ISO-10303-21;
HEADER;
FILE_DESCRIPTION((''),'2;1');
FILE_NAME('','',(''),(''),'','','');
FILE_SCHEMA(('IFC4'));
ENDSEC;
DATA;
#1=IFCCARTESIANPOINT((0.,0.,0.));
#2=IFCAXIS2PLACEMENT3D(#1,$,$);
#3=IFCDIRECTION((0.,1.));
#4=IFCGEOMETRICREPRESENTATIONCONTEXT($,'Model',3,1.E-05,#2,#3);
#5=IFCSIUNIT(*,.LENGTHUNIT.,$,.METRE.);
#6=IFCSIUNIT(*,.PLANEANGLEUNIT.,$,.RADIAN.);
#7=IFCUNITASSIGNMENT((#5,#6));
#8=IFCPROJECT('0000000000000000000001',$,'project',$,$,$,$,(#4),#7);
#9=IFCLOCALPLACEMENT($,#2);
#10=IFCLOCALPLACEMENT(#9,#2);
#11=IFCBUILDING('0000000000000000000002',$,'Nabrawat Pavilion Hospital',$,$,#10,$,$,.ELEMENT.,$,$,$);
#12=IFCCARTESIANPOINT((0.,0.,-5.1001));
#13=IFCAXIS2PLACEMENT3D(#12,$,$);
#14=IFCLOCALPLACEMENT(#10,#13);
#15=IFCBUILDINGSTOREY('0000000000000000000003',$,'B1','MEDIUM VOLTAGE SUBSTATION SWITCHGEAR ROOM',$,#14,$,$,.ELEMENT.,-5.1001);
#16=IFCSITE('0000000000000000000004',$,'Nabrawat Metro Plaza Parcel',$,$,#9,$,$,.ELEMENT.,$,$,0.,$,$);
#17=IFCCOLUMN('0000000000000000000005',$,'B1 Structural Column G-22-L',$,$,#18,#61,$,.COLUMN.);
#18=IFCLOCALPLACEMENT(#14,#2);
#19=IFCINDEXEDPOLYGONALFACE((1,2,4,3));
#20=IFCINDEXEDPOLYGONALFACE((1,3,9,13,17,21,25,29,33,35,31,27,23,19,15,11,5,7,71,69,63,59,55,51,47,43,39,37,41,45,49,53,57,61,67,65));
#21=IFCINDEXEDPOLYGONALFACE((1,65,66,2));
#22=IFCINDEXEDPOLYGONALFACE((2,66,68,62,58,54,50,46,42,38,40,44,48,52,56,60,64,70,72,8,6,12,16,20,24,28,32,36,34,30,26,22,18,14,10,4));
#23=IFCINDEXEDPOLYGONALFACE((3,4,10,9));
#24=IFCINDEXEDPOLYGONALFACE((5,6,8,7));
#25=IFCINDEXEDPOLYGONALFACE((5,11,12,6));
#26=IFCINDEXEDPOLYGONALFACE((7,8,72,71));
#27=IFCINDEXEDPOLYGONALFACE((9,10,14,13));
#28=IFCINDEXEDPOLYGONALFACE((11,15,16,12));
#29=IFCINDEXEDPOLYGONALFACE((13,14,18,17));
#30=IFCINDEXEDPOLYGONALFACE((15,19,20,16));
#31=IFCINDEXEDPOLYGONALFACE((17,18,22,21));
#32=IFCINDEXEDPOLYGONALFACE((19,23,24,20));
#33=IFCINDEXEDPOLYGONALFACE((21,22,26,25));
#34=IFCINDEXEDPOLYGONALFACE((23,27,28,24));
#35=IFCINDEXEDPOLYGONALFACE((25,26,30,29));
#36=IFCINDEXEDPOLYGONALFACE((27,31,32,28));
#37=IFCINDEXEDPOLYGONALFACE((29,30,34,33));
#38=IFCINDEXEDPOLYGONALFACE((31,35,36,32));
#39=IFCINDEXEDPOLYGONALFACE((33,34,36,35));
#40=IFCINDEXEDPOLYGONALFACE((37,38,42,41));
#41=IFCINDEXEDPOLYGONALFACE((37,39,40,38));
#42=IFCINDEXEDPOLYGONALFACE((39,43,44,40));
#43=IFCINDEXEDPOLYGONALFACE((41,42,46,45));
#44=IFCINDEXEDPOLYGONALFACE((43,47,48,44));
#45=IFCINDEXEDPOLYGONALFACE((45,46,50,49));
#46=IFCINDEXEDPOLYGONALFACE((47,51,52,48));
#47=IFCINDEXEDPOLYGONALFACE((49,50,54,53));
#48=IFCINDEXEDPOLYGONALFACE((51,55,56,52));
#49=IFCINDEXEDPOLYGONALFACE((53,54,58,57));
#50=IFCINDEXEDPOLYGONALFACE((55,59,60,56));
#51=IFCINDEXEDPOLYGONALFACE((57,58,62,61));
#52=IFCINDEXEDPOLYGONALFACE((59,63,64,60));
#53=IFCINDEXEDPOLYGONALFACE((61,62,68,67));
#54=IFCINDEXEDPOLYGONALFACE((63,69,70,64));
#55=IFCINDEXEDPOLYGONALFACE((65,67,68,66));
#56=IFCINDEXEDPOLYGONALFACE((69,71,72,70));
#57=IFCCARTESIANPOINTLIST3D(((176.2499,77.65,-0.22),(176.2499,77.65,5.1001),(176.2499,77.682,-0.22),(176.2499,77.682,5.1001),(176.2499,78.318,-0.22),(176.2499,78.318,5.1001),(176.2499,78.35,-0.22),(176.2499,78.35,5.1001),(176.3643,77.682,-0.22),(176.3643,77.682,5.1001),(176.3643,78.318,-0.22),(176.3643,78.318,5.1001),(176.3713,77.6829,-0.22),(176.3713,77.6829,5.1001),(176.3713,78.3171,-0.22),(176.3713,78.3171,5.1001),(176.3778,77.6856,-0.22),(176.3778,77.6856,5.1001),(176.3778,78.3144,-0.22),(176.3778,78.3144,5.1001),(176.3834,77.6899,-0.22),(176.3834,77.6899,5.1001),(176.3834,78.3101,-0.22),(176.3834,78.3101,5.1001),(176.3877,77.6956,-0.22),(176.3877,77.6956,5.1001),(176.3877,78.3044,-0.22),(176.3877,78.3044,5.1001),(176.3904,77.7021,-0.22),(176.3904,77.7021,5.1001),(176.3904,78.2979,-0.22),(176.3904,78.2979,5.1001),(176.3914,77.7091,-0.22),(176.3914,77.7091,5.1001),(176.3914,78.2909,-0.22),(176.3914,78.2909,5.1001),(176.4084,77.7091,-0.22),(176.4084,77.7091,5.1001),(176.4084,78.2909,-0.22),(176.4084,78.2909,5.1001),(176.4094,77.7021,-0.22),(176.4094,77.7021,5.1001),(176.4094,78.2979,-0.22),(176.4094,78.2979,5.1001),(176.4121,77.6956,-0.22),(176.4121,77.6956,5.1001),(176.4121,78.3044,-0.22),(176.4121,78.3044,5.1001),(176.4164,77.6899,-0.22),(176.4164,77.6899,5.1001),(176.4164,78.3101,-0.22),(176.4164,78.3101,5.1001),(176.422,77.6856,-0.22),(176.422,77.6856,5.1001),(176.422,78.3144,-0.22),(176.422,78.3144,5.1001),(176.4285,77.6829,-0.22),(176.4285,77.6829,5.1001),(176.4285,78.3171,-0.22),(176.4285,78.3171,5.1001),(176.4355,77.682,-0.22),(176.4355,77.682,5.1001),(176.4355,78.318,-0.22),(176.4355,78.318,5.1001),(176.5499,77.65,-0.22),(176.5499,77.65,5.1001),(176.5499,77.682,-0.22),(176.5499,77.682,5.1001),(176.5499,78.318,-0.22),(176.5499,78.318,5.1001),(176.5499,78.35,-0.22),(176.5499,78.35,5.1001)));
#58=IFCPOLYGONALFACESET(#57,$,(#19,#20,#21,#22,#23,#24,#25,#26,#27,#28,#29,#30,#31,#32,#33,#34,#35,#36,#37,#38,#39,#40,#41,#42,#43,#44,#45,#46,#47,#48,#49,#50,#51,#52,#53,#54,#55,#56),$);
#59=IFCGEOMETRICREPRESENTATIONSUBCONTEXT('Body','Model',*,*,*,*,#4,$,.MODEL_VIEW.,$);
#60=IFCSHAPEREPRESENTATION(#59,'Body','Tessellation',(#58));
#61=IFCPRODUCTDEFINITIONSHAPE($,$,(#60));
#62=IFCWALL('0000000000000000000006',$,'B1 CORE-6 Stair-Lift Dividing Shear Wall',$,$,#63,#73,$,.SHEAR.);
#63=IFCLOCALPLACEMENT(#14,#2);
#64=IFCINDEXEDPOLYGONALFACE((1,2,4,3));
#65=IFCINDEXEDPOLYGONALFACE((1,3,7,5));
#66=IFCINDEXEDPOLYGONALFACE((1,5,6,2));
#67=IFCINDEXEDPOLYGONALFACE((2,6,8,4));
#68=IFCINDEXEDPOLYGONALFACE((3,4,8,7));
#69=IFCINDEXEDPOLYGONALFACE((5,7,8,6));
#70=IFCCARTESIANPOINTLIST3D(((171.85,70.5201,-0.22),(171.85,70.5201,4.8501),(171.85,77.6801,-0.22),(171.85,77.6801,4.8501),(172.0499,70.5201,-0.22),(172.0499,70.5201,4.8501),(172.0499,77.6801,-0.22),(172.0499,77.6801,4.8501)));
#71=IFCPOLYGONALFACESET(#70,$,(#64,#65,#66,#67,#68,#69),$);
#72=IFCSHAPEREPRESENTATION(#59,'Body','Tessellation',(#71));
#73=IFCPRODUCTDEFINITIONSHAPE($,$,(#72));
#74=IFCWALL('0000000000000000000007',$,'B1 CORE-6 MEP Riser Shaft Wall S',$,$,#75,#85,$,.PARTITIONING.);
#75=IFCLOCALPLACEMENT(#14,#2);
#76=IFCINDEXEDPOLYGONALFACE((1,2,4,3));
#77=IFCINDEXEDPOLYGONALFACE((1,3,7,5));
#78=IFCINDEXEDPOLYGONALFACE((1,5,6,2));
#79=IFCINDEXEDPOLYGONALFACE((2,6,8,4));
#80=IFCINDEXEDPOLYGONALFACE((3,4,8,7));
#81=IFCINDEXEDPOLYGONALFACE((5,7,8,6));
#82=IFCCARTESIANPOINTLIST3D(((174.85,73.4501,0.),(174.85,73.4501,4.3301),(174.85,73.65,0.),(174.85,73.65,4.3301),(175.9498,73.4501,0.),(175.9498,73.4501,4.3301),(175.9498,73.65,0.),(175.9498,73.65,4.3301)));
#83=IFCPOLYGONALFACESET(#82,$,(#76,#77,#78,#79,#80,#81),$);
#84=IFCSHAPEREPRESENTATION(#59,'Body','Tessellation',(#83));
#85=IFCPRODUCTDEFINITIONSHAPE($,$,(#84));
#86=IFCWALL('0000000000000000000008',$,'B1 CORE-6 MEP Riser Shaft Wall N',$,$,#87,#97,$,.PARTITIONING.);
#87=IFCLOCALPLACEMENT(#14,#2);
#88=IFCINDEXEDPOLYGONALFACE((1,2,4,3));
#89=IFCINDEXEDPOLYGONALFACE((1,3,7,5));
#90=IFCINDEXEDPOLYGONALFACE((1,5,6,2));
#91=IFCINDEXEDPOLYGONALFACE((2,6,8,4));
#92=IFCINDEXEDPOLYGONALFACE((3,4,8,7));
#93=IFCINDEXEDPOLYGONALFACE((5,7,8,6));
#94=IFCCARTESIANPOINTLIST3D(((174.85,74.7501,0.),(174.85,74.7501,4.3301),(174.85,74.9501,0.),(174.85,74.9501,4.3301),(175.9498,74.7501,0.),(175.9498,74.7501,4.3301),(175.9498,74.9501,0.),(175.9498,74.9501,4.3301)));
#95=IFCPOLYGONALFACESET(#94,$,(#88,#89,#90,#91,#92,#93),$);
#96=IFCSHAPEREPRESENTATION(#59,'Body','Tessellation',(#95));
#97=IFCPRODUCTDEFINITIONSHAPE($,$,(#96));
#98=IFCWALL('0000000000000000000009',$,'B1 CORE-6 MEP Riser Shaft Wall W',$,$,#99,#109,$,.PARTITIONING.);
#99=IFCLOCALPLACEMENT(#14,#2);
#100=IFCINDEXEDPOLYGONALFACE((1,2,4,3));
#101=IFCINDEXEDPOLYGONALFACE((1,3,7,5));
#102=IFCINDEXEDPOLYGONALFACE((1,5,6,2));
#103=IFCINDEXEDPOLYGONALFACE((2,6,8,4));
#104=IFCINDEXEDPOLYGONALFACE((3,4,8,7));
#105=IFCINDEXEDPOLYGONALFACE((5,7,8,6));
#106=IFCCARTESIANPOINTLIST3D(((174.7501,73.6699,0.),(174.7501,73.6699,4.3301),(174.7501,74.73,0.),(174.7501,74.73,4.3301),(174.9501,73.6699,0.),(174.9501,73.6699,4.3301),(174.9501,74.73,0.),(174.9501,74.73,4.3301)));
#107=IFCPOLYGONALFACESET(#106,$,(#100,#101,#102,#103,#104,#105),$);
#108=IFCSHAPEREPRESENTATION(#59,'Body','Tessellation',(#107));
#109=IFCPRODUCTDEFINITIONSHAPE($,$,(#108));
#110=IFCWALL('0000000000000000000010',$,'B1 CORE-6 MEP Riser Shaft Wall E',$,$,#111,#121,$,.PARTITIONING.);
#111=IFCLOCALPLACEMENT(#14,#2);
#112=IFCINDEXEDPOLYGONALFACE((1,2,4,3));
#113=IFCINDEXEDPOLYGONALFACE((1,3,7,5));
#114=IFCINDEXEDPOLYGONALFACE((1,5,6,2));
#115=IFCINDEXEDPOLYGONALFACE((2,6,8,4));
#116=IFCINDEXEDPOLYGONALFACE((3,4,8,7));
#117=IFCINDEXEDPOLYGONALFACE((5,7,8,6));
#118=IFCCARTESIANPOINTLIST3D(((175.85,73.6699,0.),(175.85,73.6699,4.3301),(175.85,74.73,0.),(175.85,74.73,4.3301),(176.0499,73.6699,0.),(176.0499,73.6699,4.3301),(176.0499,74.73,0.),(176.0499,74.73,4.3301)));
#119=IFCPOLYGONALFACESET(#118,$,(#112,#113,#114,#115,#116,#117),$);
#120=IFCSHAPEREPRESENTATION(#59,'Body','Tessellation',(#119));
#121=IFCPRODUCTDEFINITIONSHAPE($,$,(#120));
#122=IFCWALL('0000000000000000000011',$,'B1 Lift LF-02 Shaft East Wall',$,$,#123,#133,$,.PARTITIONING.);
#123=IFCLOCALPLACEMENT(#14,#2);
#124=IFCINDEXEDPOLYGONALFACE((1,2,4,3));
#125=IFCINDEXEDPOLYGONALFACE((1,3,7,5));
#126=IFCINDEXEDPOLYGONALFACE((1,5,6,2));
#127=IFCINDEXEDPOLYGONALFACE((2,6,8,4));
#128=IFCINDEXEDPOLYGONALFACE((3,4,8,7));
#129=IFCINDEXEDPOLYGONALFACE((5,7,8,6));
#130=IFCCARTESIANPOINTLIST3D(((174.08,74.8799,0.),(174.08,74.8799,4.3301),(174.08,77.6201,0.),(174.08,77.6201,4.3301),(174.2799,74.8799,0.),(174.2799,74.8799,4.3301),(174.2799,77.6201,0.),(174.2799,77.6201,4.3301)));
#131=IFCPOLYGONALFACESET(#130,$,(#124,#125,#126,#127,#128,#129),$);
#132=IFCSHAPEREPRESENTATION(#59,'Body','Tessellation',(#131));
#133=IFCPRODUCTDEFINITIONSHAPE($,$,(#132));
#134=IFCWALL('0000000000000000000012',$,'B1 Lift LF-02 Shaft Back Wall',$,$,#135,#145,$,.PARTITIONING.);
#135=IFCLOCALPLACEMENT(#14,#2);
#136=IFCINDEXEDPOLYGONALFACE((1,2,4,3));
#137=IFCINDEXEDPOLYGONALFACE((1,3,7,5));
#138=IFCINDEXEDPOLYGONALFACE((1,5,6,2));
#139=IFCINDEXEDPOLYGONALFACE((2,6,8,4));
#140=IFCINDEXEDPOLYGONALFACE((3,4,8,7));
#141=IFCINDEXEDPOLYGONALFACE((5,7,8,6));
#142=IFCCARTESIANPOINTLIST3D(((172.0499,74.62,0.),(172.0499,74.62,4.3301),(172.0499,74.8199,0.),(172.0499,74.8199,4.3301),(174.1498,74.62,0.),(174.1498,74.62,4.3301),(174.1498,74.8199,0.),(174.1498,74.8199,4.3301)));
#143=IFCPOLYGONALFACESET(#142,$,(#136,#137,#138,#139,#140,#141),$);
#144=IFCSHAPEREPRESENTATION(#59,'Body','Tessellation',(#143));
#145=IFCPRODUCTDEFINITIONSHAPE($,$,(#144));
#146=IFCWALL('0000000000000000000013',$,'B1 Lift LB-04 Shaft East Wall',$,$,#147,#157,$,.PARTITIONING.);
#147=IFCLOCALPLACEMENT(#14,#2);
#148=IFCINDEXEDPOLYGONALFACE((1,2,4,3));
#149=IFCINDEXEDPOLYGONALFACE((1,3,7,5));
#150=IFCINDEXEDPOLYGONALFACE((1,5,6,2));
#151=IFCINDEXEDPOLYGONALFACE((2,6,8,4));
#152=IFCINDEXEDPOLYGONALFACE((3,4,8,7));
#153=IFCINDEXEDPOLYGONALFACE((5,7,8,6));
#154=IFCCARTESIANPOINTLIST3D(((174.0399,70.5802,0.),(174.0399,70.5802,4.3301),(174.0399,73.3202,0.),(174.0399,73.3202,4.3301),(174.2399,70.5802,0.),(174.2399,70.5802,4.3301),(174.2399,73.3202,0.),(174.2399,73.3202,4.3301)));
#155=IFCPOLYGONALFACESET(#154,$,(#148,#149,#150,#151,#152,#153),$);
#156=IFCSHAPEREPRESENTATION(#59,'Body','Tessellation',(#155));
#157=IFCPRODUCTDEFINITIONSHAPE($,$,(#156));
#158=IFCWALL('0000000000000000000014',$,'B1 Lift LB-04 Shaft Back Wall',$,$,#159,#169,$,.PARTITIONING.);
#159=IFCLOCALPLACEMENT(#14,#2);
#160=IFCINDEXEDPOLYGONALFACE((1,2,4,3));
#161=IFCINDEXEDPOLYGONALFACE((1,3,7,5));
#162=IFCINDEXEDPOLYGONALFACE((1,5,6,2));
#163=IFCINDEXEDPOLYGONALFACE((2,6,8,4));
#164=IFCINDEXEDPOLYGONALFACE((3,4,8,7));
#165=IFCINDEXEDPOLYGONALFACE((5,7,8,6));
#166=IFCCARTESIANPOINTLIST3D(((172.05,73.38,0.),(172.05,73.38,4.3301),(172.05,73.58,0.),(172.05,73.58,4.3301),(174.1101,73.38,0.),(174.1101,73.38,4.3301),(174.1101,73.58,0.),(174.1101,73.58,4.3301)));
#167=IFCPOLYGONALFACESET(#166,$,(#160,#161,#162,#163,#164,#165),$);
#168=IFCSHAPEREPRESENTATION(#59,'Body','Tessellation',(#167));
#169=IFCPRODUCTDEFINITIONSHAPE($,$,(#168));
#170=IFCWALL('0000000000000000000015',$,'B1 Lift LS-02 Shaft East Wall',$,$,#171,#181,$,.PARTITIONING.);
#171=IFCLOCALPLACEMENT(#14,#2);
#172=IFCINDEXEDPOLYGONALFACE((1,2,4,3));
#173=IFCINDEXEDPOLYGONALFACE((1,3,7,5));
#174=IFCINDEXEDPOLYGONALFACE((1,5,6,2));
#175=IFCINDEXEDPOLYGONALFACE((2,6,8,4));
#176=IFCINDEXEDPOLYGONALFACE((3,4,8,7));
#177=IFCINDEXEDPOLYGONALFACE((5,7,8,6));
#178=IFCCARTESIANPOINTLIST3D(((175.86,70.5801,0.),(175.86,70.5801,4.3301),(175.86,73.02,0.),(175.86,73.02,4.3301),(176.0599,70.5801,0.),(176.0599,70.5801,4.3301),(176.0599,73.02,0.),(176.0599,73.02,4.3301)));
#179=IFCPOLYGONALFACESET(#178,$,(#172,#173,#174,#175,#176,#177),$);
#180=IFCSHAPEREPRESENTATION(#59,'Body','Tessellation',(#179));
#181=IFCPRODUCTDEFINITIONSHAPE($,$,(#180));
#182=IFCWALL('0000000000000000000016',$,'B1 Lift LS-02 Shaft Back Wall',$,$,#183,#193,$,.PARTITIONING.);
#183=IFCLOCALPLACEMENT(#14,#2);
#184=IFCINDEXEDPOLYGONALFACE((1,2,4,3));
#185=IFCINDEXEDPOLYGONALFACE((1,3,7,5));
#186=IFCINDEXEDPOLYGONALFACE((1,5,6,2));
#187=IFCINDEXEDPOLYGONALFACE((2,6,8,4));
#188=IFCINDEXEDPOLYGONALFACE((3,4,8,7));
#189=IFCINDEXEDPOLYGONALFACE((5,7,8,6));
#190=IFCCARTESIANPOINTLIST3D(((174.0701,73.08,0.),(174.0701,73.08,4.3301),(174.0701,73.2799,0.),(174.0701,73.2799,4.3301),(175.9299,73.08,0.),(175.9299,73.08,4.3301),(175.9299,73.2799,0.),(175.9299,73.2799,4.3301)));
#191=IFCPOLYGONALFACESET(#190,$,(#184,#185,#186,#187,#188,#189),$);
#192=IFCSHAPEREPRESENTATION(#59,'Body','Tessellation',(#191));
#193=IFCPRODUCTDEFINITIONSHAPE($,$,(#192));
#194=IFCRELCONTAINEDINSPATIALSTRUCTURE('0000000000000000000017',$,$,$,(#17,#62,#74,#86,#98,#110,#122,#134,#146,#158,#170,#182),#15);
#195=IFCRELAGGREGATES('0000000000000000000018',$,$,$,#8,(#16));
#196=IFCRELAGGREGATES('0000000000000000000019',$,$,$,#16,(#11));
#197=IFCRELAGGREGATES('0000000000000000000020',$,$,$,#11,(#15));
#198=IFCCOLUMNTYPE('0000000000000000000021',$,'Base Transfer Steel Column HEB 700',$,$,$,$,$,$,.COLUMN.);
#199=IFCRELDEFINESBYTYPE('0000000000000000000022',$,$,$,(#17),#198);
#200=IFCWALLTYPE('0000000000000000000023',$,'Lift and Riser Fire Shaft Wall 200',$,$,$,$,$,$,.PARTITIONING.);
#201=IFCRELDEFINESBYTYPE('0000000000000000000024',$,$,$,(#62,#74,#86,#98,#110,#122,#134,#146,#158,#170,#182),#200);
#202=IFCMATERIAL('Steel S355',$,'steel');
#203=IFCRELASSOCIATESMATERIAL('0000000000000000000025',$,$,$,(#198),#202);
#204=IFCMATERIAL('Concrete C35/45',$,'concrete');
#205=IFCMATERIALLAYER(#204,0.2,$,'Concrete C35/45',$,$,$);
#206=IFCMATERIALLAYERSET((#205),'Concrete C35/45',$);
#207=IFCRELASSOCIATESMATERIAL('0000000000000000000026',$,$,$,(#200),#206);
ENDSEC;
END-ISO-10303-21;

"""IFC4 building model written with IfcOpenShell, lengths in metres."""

from ifc_helpers import new_model, si_unit, direction, frame, frame_2d, origin, origin_2d, place, context, subcontext, project, spatial, rectangle, i_section, extrude, material, layer, layer_set, material_profile, profile_set, type_object, element, save


model = new_model("IFC4")

# Units and contexts
model_context = context("Model", 3, precision=1e-05, world=origin(), true_north=direction((0.0, 1.0)))
body_context = subcontext(model_context, "Body", "Model", "MODEL_VIEW")
ifc_project = project(units=[si_unit("LENGTHUNIT", "METRE"), si_unit("PLANEANGLEUNIT", "RADIAN")], contexts=[model_context])

# Site, building, storey
site_placement = place(None, origin())
site = spatial("IfcSite", under=ifc_project, at=site_placement, Name="Nabrawat Metro Plaza Parcel", CompositionType="ELEMENT", RefElevation=0.0)
building_placement = place(site_placement, origin())
building = spatial("IfcBuilding", under=site, at=building_placement, Name="Nabrawat Pavilion Hospital", CompositionType="ELEMENT")
storey_placement = place(building_placement, frame((0.0, 0.0, -5.1001)))
storey = spatial("IfcBuildingStorey", under=building, at=storey_placement, Name="B1", Description="MEDIUM VOLTAGE SUBSTATION SWITCHGEAR ROOM", CompositionType="ELEMENT", Elevation=-5.1001)

# Shared definitions
ifc_material_1 = material(Name="Concrete C35/45", Category="concrete")

# Column
ifc_material_2 = material(Name="Steel S355", Category="steel")
ifc_material_profile_1 = material_profile(ifc_material_2, i_section(OverallWidth=0.3, OverallDepth=0.7, WebThickness=0.0171, FlangeThickness=0.032, FilletRadius=0.0271, at=origin_2d()), Name="HEB 700")
ifc_profile_set_1 = profile_set([ifc_material_profile_1], Name="Steel S355")
column_type = type_object("IfcColumnType", Name="Base Transfer Steel Column HEB 700", PredefinedType="COLUMN", material=ifc_profile_set_1)
for number, where, z_axis, x_axis, name in (
    (1, (176.3999, 78.0, -0.22), (0.0, 0.0, 1.0), (1.0, 0.0, 0.0), "B1 Structural Column G-22-L"),
):
    element("IfcColumn", number, at=place(storey_placement, frame(where, z_axis=z_axis, x_axis=x_axis)), inside=storey, type_object=column_type, Name=name, PredefinedType="COLUMN", context=body_context, shape_type="SweptSolid", body=[
        extrude(i_section(OverallWidth=0.3, OverallDepth=0.7, WebThickness=0.0171, FlangeThickness=0.032, FilletRadius=0.0271, at=origin_2d()), origin(), (0.0, 0.0, 1.0), 5.3201),
    ])

# Walls
ifc_layer_1 = layer(ifc_material_1, 0.2, Name="Concrete C35/45")
ifc_layer_set_1 = layer_set([ifc_layer_1], Name="Concrete C35/45")
wall_type_1 = type_object("IfcWallType", Name="Lift and Riser Fire Shaft Wall 200", PredefinedType="PARTITIONING", material=ifc_layer_set_1)
wall_1_placement = place(storey_placement, frame((171.95, 70.52, -0.22), z_axis=(0.0, 0.0, 1.0), x_axis=(0.0, 1.0, 0.0)))
element("IfcWall", 2, at=wall_1_placement, inside=storey, type_object=wall_type_1, Name="B1 CORE-6 Stair-Lift Dividing Shear Wall", PredefinedType="SHEAR", context=body_context, shape_type="SweptSolid", body=[
    extrude(rectangle(XDim=7.1599, YDim=0.2, at=frame_2d((3.5801, 0.0))), origin(), (0.0, 0.0, 1.0), 5.0701),
])
for number, where, z_axis, x_axis, name in (
    (3, (174.8501, 73.55, 0.0), (0.0, 0.0, 1.0), (1.0, 0.0, 0.0), "B1 CORE-6 MEP Riser Shaft Wall S"),
    (4, (174.8501, 74.8501, 0.0), (0.0, 0.0, 1.0), (1.0, 0.0, 0.0), "B1 CORE-6 MEP Riser Shaft Wall N"),
):
    element("IfcWall", number, at=place(storey_placement, frame(where, z_axis=z_axis, x_axis=x_axis)), inside=storey, type_object=wall_type_1, Name=name, PredefinedType="PARTITIONING", context=body_context, shape_type="SweptSolid", body=[
        extrude(rectangle(XDim=1.0999, YDim=0.2, at=frame_2d((0.5498, 0.0))), origin(), (0.0, 0.0, 1.0), 4.3301),
    ])
for number, where, z_axis, x_axis, name in (
    (5, (174.8501, 73.6699, 0.0), (0.0, 0.0, 1.0), (0.0, 1.0, 0.0), "B1 CORE-6 MEP Riser Shaft Wall W"),
    (6, (175.95, 73.6699, 0.0), (0.0, 0.0, 1.0), (0.0, 1.0, 0.0), "B1 CORE-6 MEP Riser Shaft Wall E"),
):
    element("IfcWall", number, at=place(storey_placement, frame(where, z_axis=z_axis, x_axis=x_axis)), inside=storey, type_object=wall_type_1, Name=name, PredefinedType="PARTITIONING", context=body_context, shape_type="SweptSolid", body=[
        extrude(rectangle(XDim=1.0601, YDim=0.2, at=frame_2d((0.53, 0.0))), origin(), (0.0, 0.0, 1.0), 4.3301),
    ])
wall_2_placement = place(storey_placement, frame((174.1799, 74.8799, 0.0), z_axis=(0.0, 0.0, 1.0), x_axis=(0.0, 1.0, 0.0)))
element("IfcWall", 7, at=wall_2_placement, inside=storey, type_object=wall_type_1, Name="B1 Lift LF-02 Shaft East Wall", PredefinedType="PARTITIONING", context=body_context, shape_type="SweptSolid", body=[
    extrude(rectangle(XDim=2.7402, YDim=0.2, at=frame_2d((1.3701, 0.0))), origin(), (0.0, 0.0, 1.0), 4.3301),
])
wall_3_placement = place(storey_placement, frame((172.05, 74.72, 0.0), z_axis=(0.0, 0.0, 1.0), x_axis=(1.0, 0.0, 0.0)))
element("IfcWall", 8, at=wall_3_placement, inside=storey, type_object=wall_type_1, Name="B1 Lift LF-02 Shaft Back Wall", PredefinedType="PARTITIONING", context=body_context, shape_type="SweptSolid", body=[
    extrude(rectangle(XDim=2.0999, YDim=0.2, at=frame_2d((1.0498, 0.0))), origin(), (0.0, 0.0, 1.0), 4.3301),
])
wall_4_placement = place(storey_placement, frame((174.1399, 70.5801, 0.0), z_axis=(0.0, 0.0, 1.0), x_axis=(0.0, 1.0, 0.0)))
element("IfcWall", 9, at=wall_4_placement, inside=storey, type_object=wall_type_1, Name="B1 Lift LB-04 Shaft East Wall", PredefinedType="PARTITIONING", context=body_context, shape_type="SweptSolid", body=[
    extrude(rectangle(XDim=2.74, YDim=0.2, at=frame_2d((1.3701, 0.0))), origin(), (0.0, 0.0, 1.0), 4.3301),
])
wall_5_placement = place(storey_placement, frame((172.05, 73.48, 0.0), z_axis=(0.0, 0.0, 1.0), x_axis=(1.0, 0.0, 0.0)))
element("IfcWall", 10, at=wall_5_placement, inside=storey, type_object=wall_type_1, Name="B1 Lift LB-04 Shaft Back Wall", PredefinedType="PARTITIONING", context=body_context, shape_type="SweptSolid", body=[
    extrude(rectangle(XDim=2.0601, YDim=0.2, at=frame_2d((1.03, 0.0))), origin(), (0.0, 0.0, 1.0), 4.3301),
])
wall_6_placement = place(storey_placement, frame((175.96, 70.5801, 0.0), z_axis=(0.0, 0.0, 1.0), x_axis=(0.0, 1.0, 0.0)))
element("IfcWall", 11, at=wall_6_placement, inside=storey, type_object=wall_type_1, Name="B1 Lift LS-02 Shaft East Wall", PredefinedType="PARTITIONING", context=body_context, shape_type="SweptSolid", body=[
    extrude(rectangle(XDim=2.4399, YDim=0.2, at=frame_2d((1.22, 0.0))), origin(), (0.0, 0.0, 1.0), 4.3301),
])
wall_7_placement = place(storey_placement, frame((174.0701, 73.1799, 0.0), z_axis=(0.0, 0.0, 1.0), x_axis=(1.0, 0.0, 0.0)))
element("IfcWall", 12, at=wall_7_placement, inside=storey, type_object=wall_type_1, Name="B1 Lift LS-02 Shaft Back Wall", PredefinedType="PARTITIONING", context=body_context, shape_type="SweptSolid", body=[
    extrude(rectangle(XDim=1.8599, YDim=0.2, at=frame_2d((0.9299, 0.0))), origin(), (0.0, 0.0, 1.0), 4.3301),
])

save(model, "model.ifc")
